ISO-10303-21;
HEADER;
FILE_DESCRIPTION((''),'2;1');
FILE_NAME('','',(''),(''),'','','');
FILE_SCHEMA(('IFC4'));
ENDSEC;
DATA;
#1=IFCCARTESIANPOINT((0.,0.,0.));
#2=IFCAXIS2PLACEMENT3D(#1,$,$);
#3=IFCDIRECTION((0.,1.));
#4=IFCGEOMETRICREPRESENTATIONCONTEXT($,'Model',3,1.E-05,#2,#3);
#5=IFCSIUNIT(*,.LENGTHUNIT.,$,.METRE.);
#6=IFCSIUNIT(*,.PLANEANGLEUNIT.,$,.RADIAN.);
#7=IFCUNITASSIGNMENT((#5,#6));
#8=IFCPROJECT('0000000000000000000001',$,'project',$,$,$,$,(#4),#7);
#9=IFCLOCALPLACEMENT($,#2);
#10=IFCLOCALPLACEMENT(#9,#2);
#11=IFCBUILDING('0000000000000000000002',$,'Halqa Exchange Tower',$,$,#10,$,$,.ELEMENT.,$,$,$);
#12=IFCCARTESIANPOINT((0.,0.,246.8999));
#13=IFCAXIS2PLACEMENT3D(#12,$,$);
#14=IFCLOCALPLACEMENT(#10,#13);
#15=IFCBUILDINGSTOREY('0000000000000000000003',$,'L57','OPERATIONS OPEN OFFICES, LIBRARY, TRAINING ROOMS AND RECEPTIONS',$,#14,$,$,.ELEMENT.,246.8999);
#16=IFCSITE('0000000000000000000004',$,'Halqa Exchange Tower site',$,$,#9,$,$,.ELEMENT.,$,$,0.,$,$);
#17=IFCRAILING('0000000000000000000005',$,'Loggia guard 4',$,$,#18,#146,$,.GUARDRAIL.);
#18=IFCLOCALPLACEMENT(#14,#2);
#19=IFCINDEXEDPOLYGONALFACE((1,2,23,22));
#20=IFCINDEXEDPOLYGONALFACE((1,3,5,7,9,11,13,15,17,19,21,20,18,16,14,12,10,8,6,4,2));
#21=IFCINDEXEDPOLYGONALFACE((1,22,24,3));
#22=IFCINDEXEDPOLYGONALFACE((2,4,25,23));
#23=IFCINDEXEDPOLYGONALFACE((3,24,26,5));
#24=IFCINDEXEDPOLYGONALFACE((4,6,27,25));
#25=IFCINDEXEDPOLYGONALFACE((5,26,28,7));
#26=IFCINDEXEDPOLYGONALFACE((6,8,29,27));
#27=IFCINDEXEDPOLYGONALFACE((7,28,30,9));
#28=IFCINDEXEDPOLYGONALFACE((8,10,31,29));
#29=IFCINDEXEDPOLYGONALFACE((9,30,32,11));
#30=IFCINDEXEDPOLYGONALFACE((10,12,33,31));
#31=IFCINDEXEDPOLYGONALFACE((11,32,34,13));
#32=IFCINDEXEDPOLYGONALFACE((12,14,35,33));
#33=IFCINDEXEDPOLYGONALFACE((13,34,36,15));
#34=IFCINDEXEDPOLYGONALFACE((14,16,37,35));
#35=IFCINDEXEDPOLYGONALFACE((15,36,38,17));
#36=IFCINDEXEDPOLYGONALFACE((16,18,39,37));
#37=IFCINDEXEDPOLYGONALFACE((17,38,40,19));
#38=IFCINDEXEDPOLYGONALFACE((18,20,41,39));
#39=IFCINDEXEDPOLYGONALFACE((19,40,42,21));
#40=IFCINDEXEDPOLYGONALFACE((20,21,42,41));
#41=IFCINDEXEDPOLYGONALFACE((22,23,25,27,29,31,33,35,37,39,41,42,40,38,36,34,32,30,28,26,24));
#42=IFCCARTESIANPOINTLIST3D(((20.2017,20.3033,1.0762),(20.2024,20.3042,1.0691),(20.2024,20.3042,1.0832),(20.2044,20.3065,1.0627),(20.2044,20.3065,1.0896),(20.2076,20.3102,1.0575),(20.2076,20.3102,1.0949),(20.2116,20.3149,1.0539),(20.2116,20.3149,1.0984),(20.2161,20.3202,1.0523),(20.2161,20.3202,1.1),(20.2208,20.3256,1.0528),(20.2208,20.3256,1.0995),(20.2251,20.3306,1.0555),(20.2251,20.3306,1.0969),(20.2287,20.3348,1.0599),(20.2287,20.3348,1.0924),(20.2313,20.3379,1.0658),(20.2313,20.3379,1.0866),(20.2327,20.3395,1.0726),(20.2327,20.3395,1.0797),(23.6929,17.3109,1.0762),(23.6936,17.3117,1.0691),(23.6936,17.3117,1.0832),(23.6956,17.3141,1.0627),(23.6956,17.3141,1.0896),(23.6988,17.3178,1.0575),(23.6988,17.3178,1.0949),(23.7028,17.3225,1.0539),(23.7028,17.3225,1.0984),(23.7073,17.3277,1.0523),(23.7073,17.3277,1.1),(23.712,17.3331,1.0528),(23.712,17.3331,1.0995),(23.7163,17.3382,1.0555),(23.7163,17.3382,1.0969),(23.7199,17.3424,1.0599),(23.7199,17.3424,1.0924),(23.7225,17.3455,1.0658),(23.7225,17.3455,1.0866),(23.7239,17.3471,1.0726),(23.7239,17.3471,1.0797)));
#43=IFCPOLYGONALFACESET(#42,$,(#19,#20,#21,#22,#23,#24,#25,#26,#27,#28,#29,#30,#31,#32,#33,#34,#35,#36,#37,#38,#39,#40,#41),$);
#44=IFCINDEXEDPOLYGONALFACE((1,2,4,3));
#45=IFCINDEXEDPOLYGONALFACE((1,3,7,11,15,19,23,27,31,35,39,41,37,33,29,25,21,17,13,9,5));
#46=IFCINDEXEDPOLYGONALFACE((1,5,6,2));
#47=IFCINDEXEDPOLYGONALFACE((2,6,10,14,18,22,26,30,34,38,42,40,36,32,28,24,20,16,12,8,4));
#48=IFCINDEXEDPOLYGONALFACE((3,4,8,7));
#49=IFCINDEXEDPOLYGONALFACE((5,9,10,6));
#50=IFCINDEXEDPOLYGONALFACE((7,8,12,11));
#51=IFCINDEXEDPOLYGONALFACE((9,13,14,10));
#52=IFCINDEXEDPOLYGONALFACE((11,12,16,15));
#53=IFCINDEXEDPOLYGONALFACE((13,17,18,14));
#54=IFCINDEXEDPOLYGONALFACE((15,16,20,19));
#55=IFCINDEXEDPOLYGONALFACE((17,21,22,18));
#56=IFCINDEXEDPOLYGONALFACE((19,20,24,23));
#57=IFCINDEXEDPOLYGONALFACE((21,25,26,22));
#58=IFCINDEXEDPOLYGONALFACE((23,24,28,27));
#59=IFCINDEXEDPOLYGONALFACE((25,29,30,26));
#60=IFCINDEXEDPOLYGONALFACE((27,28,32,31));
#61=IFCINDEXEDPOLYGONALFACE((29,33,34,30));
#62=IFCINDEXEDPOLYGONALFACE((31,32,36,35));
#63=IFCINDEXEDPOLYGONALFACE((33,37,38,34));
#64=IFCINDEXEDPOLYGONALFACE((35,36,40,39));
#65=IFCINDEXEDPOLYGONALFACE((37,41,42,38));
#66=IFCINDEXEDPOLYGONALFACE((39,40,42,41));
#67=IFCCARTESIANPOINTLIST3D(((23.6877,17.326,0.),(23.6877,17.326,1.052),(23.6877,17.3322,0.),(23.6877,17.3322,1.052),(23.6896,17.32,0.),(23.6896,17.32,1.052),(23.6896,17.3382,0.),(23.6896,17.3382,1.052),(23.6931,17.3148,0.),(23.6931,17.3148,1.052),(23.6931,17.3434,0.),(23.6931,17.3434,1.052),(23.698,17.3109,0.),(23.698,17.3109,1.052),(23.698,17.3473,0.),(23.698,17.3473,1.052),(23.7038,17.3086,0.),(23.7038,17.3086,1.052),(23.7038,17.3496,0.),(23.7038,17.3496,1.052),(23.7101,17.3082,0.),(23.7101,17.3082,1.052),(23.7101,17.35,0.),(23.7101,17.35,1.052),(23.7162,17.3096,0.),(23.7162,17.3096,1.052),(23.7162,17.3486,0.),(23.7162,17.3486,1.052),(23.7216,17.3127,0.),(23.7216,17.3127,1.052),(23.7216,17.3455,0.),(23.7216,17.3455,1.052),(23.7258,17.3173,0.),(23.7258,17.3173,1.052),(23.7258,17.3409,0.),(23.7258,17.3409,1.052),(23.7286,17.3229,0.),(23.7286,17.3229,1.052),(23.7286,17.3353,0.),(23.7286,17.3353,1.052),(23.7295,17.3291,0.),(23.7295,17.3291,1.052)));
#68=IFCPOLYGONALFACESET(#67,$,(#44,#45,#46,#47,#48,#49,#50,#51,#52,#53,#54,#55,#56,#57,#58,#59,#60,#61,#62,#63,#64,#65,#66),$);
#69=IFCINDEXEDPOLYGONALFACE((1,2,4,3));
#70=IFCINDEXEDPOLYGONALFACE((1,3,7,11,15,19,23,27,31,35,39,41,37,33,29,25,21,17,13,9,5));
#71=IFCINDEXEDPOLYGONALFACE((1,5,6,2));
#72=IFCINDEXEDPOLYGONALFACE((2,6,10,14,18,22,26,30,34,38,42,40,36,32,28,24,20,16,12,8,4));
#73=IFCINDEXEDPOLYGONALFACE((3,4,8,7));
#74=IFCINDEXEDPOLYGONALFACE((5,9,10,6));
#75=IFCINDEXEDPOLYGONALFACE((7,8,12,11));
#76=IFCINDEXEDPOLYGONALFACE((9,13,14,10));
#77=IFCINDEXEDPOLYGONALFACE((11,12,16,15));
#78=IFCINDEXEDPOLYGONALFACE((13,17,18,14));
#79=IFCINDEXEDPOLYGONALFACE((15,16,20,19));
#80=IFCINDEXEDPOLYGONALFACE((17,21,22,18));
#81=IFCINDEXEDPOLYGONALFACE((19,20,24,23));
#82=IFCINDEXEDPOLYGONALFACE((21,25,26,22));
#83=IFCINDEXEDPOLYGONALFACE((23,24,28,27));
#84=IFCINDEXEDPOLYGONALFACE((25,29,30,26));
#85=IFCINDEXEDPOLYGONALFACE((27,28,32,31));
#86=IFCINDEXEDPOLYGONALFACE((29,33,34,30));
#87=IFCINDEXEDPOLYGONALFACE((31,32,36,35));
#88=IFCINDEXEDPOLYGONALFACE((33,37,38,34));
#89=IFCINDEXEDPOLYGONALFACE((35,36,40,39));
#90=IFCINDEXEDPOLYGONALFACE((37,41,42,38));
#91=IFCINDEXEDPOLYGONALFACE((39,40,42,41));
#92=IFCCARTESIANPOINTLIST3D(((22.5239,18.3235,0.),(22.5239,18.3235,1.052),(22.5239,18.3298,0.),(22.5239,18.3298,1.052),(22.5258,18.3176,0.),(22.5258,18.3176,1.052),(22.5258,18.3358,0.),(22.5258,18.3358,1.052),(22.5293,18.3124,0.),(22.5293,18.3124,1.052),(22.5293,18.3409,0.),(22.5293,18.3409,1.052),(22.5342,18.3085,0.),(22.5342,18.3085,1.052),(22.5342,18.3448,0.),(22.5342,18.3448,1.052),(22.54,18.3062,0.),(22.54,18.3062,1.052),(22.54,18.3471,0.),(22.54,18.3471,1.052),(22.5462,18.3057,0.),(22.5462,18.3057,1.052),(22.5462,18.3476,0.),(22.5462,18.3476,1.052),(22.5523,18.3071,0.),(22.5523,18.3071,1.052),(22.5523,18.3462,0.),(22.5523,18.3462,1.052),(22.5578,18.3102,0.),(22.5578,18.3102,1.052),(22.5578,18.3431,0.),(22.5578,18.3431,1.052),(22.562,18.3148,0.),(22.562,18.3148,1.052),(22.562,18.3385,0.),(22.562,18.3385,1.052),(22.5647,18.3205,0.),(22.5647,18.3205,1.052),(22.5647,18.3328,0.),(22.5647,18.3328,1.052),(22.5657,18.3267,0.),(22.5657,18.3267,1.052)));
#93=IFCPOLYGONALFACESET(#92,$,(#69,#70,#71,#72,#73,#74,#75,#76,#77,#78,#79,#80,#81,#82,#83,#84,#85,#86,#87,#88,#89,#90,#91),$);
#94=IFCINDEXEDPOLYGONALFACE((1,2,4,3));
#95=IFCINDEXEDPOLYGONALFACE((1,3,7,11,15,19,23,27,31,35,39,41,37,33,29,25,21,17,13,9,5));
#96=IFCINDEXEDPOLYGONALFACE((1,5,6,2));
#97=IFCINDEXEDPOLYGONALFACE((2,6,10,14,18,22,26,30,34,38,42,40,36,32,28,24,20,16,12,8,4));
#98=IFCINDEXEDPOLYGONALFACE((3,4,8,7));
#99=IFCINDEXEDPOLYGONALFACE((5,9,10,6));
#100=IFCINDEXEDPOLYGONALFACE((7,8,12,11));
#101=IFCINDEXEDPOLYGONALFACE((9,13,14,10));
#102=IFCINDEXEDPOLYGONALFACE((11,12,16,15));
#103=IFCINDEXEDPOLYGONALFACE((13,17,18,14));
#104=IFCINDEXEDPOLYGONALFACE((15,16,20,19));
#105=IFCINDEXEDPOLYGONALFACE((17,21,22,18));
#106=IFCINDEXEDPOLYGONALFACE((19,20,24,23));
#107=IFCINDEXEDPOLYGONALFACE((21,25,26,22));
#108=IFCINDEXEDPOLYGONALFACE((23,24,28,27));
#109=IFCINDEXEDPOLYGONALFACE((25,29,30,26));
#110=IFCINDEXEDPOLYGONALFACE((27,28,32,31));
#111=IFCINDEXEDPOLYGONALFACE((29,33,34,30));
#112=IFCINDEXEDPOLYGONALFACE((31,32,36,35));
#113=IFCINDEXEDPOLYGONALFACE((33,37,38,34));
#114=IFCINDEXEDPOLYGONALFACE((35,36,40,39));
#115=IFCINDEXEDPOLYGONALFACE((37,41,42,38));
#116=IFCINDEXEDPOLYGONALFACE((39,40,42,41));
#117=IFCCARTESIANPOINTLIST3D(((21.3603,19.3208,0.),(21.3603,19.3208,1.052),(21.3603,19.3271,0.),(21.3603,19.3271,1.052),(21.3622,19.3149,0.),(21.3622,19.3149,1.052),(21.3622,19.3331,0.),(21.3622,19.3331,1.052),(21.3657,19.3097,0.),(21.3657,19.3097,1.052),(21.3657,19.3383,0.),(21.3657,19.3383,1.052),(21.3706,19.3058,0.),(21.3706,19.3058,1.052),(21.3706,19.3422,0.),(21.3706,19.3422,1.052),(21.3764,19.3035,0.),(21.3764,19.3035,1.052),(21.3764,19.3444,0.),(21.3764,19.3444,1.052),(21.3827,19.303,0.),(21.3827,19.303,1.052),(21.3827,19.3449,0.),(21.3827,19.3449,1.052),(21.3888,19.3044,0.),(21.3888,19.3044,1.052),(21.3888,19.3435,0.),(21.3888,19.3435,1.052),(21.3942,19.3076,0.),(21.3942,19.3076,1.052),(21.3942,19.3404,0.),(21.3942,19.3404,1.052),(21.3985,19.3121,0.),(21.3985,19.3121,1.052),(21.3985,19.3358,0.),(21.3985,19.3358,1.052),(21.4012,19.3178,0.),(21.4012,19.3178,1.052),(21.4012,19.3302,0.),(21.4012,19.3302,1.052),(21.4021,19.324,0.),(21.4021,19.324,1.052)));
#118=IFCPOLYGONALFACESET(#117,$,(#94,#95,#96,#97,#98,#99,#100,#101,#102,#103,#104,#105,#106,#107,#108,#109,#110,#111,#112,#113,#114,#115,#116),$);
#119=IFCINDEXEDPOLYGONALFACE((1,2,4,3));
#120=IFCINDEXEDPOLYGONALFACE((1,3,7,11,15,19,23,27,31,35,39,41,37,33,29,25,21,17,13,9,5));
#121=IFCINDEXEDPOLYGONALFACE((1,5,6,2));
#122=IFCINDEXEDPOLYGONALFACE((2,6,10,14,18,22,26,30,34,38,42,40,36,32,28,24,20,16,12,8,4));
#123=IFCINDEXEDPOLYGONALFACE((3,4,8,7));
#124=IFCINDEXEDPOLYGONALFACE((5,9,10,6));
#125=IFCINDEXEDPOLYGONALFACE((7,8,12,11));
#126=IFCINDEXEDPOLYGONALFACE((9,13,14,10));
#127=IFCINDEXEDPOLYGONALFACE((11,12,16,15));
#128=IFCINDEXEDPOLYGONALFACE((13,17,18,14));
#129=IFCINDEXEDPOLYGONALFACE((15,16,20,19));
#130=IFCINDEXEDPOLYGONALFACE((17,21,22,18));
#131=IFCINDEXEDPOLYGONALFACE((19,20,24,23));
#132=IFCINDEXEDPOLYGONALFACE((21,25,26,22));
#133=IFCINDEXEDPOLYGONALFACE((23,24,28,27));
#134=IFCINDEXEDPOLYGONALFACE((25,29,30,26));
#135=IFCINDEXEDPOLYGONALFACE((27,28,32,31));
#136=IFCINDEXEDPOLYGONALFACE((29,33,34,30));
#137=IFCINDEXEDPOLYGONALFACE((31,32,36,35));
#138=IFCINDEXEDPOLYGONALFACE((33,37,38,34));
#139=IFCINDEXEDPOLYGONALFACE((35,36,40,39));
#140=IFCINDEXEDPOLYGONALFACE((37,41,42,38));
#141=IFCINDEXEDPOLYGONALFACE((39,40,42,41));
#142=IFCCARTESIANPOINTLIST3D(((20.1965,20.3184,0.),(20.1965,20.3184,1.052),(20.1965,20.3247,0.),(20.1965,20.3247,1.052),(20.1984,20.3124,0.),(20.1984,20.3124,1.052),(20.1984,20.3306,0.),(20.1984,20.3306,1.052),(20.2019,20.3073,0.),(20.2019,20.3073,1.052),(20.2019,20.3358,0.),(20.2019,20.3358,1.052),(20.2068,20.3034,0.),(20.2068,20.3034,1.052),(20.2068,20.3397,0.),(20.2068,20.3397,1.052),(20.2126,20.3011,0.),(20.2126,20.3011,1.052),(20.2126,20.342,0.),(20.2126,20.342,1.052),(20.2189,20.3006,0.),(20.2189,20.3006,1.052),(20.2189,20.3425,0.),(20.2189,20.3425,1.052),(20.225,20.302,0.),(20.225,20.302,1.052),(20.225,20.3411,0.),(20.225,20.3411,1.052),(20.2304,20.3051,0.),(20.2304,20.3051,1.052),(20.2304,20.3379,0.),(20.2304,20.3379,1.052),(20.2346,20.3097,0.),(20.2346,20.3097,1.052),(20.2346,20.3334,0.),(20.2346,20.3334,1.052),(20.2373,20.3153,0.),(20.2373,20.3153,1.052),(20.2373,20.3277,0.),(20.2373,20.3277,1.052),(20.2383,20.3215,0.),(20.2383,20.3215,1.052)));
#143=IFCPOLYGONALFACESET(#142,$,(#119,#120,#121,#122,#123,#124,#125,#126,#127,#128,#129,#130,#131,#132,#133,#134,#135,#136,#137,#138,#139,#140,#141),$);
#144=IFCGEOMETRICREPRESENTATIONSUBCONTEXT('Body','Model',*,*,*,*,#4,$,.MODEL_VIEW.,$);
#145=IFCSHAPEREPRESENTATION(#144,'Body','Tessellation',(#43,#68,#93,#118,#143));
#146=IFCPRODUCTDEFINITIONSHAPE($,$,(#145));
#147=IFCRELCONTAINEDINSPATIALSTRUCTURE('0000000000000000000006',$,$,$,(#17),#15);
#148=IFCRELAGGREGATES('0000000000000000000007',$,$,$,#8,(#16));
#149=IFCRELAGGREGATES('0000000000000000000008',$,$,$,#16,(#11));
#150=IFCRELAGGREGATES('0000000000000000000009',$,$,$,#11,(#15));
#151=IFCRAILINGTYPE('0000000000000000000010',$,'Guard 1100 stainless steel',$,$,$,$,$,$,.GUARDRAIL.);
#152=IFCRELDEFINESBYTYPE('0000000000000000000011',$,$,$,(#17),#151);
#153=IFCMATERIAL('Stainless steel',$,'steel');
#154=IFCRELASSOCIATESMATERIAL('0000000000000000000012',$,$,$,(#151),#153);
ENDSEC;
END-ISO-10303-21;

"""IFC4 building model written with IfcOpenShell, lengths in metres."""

from ifc_helpers import new_model, si_unit, direction, frame, origin, origin_2d, place, context, subcontext, project, spatial, circle, extrude, material, type_object, element, save


model = new_model("IFC4")

# Units and contexts
model_context = context("Model", 3, precision=1e-05, world=origin(), true_north=direction((0.0, 1.0)))
body_context = subcontext(model_context, "Body", "Model", "MODEL_VIEW")
ifc_project = project(units=[si_unit("LENGTHUNIT", "METRE"), si_unit("PLANEANGLEUNIT", "RADIAN")], contexts=[model_context])

# Site, building, storey
site_placement = place(None, origin())
site = spatial("IfcSite", under=ifc_project, at=site_placement, Name="Halqa Exchange Tower site", CompositionType="ELEMENT", RefElevation=0.0)
building_placement = place(site_placement, origin())
building = spatial("IfcBuilding", under=site, at=building_placement, Name="Halqa Exchange Tower", CompositionType="ELEMENT")
storey_placement = place(building_placement, frame((0.0, 0.0, 246.8999)))
storey = spatial("IfcBuildingStorey", under=building, at=storey_placement, Name="L57", Description="OPERATIONS OPEN OFFICES, LIBRARY, TRAINING ROOMS AND RECEPTIONS", CompositionType="ELEMENT", Elevation=246.8999)

# Railing
ifc_material_1 = material(Name="Stainless steel", Category="steel")
railing_type = type_object("IfcRailingType", Name="Guard 1100 stainless steel", PredefinedType="GUARDRAIL", material=ifc_material_1)
railing_1_placement = place(storey_placement, frame((23.7085, 17.3291, 0.0)))
element("IfcRailing", 1, at=railing_1_placement, inside=storey, type_object=railing_type, Name="Loggia guard 4", PredefinedType="GUARDRAIL", context=body_context, shape_type="SweptSolid", body=[
    extrude(circle(Radius=0.0239, at=origin_2d()), frame((0.0, 0.0, 1.0762), z_axis=(-0.75926, 0.650787, 0.0), x_axis=(-0.650787, -0.75926, 0.0)), (0.0, 0.0, 1.0), 4.5981),
    extrude(circle(Radius=0.021, at=origin_2d()), origin(), (0.0, 0.0, 1.0), 1.052),
    extrude(circle(Radius=0.021, at=origin_2d()), frame((-1.1638, 0.9976, 0.0)), (0.0, 0.0, 1.0), 1.052),
    extrude(circle(Radius=0.021, at=origin_2d()), frame((-2.3274, 1.9949, 0.0)), (0.0, 0.0, 1.0), 1.052),
    extrude(circle(Radius=0.021, at=origin_2d()), frame((-3.4912, 2.9924, 0.0)), (0.0, 0.0, 1.0), 1.052),
])

save(model, "model.ifc")
